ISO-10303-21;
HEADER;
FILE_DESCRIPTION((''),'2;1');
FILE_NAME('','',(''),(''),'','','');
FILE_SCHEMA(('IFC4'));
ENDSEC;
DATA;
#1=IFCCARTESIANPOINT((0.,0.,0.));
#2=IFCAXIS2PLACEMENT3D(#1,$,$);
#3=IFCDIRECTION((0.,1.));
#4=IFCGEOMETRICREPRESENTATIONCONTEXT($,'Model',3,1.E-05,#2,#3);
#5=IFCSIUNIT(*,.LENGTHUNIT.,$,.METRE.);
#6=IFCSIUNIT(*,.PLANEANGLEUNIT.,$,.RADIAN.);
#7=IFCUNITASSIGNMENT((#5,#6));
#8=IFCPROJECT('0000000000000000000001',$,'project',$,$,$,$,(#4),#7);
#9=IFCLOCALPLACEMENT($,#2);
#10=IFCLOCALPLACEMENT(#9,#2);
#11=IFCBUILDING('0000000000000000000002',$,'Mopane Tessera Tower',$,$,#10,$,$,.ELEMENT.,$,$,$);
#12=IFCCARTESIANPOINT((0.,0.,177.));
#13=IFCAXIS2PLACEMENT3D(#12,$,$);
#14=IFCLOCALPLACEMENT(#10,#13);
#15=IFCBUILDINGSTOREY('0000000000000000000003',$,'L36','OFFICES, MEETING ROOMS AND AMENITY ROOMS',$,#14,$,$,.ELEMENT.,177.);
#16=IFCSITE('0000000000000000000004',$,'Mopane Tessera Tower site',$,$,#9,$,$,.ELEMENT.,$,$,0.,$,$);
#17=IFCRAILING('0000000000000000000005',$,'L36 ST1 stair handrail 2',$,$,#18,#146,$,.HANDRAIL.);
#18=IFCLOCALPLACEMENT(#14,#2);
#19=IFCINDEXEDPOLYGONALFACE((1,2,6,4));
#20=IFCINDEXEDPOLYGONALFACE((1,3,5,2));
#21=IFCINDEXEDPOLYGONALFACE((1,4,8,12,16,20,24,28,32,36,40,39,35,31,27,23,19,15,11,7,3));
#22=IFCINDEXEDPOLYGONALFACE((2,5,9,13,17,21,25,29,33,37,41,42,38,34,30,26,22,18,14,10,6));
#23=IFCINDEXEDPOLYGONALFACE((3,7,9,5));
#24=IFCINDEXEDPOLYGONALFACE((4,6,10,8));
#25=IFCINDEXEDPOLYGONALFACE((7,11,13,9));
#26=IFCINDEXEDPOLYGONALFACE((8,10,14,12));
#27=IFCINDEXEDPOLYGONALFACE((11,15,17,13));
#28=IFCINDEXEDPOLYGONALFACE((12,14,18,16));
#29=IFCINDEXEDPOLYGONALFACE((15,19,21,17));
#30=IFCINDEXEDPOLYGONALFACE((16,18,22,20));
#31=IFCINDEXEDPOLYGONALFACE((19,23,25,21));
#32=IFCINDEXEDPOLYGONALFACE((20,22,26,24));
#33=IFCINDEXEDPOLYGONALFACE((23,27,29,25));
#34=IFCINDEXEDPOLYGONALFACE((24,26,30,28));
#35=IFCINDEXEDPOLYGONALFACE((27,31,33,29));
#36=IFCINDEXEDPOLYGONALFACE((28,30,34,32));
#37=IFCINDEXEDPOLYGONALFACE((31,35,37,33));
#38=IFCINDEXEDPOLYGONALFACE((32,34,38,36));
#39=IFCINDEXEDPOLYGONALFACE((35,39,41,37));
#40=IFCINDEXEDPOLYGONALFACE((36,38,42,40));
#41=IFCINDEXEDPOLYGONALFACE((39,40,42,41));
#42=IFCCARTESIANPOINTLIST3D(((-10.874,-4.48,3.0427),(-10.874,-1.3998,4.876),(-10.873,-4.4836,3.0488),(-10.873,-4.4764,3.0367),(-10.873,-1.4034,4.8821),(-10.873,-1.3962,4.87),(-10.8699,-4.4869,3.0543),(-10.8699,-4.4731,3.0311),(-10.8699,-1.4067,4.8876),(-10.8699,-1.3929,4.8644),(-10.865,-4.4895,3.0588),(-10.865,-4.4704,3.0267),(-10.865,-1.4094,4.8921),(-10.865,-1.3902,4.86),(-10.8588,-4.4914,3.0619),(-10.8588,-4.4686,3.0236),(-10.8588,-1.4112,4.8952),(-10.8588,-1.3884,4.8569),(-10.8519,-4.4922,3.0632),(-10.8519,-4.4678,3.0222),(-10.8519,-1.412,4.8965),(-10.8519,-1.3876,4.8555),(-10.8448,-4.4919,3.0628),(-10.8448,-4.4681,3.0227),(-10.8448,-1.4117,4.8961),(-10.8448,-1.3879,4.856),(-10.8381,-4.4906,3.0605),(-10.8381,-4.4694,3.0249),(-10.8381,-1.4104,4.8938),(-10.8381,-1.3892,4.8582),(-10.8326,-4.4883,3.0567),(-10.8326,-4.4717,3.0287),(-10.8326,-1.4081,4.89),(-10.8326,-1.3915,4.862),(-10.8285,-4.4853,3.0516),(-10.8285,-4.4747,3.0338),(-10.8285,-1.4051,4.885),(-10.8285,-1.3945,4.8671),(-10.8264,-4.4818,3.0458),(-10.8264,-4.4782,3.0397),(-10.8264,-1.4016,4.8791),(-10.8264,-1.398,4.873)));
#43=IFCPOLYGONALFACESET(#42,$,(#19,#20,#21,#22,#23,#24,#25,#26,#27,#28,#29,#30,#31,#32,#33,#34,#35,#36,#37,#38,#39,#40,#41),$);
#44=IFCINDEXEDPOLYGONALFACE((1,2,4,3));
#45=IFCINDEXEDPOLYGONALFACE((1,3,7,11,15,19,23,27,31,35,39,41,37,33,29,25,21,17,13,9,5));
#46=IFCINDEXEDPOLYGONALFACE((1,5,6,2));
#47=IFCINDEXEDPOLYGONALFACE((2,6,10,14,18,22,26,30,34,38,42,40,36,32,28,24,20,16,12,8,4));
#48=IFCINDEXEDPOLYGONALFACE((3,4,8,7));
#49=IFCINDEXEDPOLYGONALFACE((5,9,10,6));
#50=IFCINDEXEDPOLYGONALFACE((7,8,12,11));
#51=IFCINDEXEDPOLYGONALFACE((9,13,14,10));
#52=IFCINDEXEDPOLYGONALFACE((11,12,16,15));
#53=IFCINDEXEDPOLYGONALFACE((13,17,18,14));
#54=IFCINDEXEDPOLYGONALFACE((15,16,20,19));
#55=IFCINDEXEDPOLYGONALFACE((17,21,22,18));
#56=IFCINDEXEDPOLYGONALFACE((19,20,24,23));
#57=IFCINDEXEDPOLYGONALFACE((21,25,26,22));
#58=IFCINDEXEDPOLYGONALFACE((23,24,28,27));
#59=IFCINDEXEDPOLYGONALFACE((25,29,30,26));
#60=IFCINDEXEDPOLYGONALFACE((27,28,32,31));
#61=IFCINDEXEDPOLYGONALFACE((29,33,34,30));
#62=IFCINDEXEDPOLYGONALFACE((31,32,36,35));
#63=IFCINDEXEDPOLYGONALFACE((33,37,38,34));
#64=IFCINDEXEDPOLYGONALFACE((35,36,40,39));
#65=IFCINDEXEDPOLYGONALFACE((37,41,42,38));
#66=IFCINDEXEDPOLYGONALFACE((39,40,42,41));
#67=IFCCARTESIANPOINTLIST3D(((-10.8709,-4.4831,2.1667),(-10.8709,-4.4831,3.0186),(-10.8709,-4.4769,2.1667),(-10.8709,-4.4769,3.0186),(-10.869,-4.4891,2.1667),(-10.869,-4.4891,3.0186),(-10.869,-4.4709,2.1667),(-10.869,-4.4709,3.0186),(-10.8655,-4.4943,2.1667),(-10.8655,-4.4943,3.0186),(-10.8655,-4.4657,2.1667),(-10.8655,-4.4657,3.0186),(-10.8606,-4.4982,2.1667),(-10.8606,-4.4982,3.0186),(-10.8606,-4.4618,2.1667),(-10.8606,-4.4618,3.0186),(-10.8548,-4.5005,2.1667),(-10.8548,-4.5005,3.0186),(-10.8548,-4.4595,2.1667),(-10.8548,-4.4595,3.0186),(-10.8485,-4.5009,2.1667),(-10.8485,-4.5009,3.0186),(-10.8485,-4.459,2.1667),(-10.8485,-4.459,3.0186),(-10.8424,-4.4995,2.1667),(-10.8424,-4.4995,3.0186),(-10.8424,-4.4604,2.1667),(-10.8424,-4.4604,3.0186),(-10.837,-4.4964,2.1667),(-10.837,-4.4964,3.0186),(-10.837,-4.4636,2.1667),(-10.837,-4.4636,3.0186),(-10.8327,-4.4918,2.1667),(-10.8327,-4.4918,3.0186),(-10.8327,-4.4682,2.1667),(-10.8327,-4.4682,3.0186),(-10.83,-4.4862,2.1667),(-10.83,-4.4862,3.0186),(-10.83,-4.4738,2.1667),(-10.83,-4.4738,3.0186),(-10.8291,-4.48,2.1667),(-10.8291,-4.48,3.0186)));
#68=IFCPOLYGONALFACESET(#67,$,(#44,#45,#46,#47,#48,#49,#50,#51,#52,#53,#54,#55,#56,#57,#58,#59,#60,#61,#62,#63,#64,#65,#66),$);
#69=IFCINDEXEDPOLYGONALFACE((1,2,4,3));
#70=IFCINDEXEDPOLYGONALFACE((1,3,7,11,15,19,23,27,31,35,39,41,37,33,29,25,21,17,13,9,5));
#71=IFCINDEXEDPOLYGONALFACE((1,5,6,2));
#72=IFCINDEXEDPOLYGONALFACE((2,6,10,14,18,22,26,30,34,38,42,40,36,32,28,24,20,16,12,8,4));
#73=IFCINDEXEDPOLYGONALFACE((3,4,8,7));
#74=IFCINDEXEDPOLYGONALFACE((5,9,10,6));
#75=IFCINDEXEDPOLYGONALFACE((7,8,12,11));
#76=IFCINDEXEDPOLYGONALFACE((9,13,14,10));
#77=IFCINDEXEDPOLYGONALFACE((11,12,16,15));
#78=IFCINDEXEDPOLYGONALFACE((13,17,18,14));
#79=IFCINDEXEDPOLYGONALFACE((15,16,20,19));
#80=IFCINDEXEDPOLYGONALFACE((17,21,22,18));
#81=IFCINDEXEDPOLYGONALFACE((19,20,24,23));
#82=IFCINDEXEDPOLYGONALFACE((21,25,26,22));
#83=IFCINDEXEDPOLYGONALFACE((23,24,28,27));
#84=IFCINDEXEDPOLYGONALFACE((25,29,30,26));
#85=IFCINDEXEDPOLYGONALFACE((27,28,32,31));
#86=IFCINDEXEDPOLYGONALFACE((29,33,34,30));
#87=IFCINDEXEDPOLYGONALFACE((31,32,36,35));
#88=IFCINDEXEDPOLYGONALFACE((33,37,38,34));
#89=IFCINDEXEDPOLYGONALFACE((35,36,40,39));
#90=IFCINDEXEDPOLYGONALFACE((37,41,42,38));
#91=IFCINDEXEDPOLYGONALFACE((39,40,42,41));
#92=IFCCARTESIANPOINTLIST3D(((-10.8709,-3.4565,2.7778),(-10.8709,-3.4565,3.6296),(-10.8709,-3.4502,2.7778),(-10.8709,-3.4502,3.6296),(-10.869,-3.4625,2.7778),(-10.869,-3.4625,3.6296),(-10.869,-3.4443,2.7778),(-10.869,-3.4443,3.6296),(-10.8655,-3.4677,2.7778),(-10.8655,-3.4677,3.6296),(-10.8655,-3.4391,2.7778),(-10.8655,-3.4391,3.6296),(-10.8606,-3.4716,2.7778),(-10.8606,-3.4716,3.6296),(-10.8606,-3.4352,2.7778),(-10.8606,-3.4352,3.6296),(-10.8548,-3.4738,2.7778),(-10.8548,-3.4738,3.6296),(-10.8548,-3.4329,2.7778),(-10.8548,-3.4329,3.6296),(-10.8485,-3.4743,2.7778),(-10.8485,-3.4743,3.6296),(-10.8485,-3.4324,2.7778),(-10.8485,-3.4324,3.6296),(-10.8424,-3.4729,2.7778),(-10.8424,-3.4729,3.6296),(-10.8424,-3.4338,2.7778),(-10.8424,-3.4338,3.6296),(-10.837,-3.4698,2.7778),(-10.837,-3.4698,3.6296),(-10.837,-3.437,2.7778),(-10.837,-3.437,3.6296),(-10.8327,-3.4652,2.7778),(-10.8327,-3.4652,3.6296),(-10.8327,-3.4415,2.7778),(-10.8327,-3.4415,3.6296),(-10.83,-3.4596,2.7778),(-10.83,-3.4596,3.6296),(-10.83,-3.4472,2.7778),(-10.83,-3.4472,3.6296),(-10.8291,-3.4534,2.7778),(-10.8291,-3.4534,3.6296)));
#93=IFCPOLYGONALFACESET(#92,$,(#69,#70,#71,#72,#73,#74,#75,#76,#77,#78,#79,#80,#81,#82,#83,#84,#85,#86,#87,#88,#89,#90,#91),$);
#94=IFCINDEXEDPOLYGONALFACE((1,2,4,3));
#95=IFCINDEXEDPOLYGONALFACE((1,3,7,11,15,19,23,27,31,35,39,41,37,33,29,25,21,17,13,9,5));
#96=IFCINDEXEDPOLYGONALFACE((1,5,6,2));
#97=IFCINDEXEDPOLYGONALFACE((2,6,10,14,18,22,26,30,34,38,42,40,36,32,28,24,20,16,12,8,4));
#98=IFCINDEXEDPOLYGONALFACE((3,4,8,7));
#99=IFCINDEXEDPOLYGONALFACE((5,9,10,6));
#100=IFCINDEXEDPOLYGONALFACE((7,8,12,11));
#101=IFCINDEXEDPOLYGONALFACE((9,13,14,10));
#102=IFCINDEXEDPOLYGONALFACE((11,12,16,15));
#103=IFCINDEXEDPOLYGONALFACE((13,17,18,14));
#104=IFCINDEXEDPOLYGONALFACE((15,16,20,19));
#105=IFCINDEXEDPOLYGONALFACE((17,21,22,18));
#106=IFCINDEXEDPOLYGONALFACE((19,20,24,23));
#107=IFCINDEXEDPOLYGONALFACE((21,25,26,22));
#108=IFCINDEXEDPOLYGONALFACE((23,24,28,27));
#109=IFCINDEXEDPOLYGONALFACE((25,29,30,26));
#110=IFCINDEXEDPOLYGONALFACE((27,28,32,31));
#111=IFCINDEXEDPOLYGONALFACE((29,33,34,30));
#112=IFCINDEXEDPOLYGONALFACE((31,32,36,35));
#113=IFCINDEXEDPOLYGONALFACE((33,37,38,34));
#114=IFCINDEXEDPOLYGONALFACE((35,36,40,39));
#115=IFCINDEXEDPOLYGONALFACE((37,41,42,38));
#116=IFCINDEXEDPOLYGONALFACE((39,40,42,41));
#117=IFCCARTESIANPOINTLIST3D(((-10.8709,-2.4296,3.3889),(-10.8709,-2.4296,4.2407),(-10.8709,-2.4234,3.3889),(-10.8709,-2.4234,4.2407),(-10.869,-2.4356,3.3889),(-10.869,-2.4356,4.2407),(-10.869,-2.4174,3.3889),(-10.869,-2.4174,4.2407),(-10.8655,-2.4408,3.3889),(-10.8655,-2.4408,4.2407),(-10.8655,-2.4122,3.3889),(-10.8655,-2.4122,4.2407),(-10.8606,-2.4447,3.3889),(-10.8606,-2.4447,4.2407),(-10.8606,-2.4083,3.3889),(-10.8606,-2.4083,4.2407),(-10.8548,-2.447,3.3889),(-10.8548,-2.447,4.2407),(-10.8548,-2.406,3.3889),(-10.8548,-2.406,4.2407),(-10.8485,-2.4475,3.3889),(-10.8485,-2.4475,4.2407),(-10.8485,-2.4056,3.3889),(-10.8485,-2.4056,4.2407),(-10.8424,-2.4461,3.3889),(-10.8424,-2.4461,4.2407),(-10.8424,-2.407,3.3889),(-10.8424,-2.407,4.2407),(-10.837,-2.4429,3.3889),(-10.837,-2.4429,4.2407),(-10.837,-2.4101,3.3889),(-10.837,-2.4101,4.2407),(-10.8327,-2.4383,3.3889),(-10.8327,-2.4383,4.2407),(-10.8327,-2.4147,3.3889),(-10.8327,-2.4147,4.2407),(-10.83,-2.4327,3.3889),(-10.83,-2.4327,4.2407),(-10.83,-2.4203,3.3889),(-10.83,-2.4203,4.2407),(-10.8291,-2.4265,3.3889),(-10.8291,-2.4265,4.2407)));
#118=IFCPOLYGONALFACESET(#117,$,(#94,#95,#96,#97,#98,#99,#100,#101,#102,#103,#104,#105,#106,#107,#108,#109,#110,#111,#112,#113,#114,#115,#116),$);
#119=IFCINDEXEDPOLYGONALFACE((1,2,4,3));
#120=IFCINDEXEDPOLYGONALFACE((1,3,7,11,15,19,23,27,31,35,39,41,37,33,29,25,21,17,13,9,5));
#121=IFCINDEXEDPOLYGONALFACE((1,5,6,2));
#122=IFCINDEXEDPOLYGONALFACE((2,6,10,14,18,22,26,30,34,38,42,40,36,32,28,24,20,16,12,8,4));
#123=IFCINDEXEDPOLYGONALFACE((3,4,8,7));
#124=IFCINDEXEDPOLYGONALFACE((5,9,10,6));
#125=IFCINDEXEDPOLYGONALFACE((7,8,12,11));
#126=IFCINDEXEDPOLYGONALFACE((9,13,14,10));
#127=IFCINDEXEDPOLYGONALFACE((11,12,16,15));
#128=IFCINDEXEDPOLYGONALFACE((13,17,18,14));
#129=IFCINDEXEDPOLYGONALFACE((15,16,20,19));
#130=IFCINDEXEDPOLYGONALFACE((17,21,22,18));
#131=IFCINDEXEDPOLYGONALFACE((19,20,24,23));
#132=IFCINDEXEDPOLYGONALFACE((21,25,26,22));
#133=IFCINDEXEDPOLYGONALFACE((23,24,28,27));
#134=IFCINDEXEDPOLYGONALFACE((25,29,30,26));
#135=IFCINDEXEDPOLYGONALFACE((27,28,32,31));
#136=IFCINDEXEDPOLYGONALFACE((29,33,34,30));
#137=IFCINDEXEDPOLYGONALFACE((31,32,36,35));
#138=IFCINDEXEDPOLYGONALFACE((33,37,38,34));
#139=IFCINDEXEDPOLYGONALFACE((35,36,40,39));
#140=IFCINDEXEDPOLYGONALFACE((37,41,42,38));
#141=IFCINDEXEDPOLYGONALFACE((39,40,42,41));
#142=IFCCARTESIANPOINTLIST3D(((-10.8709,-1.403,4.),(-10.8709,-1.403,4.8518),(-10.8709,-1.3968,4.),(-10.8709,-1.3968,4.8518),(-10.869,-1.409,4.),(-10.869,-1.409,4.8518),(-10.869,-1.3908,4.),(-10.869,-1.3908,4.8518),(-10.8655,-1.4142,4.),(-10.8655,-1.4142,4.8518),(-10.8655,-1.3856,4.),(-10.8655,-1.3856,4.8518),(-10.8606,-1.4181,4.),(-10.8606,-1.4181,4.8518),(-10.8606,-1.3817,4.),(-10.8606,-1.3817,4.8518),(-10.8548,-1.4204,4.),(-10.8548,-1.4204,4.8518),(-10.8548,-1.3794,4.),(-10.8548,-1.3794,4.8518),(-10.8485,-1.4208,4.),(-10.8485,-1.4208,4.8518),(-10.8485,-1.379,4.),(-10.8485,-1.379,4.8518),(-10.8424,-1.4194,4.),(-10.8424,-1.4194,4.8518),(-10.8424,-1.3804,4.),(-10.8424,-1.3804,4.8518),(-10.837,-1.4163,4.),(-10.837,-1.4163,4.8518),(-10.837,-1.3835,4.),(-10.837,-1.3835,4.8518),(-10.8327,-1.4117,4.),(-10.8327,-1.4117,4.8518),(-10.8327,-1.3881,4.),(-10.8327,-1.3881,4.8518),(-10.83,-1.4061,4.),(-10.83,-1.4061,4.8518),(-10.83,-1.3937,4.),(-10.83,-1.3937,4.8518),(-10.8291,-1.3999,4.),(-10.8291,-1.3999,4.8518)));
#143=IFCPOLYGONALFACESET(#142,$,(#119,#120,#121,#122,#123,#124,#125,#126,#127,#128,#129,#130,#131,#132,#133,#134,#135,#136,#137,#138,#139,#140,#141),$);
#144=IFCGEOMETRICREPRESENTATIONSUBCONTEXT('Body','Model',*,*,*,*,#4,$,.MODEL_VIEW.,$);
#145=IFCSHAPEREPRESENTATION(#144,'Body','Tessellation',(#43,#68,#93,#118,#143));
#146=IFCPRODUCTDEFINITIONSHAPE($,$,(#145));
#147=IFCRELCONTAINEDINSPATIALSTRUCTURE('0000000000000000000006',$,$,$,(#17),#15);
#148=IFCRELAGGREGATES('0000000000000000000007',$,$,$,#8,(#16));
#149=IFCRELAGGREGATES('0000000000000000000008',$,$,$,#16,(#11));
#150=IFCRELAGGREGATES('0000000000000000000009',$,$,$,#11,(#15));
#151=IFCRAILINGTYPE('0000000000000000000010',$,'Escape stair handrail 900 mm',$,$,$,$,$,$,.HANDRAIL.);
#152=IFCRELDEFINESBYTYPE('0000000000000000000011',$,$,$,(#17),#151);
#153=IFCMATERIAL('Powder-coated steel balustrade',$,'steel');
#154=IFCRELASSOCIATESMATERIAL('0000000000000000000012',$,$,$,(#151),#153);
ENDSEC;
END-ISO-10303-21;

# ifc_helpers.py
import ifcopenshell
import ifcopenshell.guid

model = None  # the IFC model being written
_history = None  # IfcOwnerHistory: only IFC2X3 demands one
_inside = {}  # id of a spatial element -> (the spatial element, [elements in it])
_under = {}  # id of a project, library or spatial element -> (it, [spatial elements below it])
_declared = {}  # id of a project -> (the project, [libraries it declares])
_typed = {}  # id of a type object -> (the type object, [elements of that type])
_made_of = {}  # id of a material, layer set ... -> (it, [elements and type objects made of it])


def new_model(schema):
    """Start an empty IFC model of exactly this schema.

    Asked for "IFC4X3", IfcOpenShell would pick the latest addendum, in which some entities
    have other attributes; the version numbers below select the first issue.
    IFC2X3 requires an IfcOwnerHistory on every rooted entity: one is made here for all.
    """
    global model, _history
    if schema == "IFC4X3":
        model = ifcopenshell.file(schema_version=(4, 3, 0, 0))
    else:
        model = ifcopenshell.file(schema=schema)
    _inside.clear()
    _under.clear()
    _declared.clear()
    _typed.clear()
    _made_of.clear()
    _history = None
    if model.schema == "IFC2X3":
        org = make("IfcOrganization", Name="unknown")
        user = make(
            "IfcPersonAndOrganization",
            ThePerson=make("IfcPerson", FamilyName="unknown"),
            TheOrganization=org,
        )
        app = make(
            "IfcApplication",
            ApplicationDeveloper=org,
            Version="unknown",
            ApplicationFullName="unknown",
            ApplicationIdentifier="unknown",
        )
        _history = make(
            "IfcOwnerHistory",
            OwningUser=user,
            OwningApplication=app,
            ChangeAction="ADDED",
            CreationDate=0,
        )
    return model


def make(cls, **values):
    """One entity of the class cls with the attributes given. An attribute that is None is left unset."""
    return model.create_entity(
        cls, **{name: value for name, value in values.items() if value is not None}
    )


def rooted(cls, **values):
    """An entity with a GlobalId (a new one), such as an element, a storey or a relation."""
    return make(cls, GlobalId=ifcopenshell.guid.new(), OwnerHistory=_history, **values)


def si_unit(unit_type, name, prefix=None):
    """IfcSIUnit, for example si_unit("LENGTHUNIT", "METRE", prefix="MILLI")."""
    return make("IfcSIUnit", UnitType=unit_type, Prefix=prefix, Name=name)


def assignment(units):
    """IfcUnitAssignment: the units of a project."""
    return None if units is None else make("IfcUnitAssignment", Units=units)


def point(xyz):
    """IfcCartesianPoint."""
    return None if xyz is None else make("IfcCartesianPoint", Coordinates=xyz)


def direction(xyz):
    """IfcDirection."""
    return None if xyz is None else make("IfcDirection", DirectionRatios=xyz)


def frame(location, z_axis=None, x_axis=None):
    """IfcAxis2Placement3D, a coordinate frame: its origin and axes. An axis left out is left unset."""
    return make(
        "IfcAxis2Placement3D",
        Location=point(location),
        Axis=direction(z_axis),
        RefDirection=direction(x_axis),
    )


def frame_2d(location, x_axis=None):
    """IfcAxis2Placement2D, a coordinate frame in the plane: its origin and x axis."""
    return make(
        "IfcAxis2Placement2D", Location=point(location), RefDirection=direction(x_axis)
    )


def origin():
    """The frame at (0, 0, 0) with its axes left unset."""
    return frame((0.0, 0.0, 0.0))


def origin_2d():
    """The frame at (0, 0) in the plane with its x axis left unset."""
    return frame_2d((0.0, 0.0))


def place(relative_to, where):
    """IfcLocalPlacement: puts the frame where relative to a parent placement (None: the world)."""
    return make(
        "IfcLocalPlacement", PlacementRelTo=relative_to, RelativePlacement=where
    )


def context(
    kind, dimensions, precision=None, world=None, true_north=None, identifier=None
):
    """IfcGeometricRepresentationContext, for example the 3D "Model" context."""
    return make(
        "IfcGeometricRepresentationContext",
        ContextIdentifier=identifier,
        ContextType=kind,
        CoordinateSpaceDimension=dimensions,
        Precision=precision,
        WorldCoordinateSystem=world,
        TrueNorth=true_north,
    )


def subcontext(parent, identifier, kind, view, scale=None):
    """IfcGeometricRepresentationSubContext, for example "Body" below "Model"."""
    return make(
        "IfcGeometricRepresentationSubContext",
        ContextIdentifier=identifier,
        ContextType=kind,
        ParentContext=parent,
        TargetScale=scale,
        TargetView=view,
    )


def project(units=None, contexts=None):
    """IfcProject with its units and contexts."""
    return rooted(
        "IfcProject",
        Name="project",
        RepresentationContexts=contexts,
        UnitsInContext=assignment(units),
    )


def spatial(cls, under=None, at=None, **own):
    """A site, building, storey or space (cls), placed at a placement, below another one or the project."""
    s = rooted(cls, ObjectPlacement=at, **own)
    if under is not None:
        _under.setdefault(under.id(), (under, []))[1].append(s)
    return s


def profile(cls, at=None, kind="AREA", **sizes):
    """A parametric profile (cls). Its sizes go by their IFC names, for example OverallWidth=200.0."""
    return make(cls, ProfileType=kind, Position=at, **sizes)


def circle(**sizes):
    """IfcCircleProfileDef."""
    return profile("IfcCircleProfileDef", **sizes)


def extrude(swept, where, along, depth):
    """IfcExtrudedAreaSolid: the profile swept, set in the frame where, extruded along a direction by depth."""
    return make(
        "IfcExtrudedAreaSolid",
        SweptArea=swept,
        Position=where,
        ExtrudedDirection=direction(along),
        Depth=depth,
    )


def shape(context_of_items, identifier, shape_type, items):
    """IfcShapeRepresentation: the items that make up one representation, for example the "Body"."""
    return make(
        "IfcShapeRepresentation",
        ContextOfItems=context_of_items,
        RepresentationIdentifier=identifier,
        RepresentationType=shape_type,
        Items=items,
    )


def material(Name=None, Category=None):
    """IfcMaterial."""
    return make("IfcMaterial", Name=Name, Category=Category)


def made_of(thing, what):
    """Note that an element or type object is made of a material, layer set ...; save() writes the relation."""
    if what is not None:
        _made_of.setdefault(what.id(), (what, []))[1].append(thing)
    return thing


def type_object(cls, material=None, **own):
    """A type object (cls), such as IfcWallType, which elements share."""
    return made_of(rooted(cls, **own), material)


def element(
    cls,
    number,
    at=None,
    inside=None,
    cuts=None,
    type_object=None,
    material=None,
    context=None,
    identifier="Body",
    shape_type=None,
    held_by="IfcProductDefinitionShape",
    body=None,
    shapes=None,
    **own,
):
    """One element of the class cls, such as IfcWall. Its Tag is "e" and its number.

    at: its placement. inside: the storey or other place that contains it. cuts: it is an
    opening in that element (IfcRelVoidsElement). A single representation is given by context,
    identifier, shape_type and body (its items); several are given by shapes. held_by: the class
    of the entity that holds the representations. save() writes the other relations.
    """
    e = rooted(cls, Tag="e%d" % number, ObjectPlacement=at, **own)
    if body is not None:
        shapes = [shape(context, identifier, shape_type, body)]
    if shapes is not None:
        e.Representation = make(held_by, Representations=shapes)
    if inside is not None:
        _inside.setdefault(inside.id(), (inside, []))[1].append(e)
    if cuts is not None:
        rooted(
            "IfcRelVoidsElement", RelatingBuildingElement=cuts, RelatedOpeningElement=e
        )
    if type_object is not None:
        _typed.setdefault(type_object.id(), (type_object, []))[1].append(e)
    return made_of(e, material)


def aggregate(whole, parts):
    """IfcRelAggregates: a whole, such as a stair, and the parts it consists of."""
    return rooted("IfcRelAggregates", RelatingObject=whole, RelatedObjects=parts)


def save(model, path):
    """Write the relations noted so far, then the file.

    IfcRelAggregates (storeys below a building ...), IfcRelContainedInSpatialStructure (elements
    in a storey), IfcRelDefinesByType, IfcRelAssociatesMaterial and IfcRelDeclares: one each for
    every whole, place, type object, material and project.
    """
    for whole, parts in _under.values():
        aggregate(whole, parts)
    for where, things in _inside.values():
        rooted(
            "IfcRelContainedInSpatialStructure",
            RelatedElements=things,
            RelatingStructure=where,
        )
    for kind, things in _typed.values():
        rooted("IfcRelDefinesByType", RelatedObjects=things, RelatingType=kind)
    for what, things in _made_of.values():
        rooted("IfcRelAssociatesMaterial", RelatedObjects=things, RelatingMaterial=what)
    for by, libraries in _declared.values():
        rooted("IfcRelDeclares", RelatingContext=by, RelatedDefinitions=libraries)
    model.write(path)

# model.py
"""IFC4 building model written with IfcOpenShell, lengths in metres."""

from ifc_helpers import new_model, si_unit, direction, frame, origin, origin_2d, place, context, subcontext, project, spatial, circle, extrude, material, type_object, element, save


model = new_model("IFC4")

# Units and contexts
model_context = context("Model", 3, precision=1e-05, world=origin(), true_north=direction((0.0, 1.0)))
body_context = subcontext(model_context, "Body", "Model", "MODEL_VIEW")
ifc_project = project(units=[si_unit("LENGTHUNIT", "METRE"), si_unit("PLANEANGLEUNIT", "RADIAN")], contexts=[model_context])

# Site, building, storey
site_placement = place(None, origin())
site = spatial("IfcSite", under=ifc_project, at=site_placement, Name="Mopane Tessera Tower site", CompositionType="ELEMENT", RefElevation=0.0)
building_placement = place(site_placement, origin())
building = spatial("IfcBuilding", under=site, at=building_placement, Name="Mopane Tessera Tower", CompositionType="ELEMENT")
storey_placement = place(building_placement, frame((0.0, 0.0, 177.0)))
storey = spatial("IfcBuildingStorey", under=building, at=storey_placement, Name="L36", Description="OFFICES, MEETING ROOMS AND AMENITY ROOMS", CompositionType="ELEMENT", Elevation=177.0)

# Railing
ifc_material_1 = material(Name="Powder-coated steel balustrade", Category="steel")
railing_type_1 = type_object("IfcRailingType", Name="Escape stair handrail 900 mm", PredefinedType="HANDRAIL", material=ifc_material_1)
railing_1_placement = place(storey_placement, frame((-10.8501, -4.48, 2.1667)))
element("IfcRailing", 1, at=railing_1_placement, inside=storey, type_object=railing_type_1, Name="L36 ST1 stair handrail 2", PredefinedType="HANDRAIL", context=body_context, shape_type="SweptSolid", body=[
    extrude(circle(Radius=0.0239, at=origin_2d()), frame((0.0, 0.0, 0.876), z_axis=(0.0, 0.859309, 0.511458), x_axis=(-1.0, 0.0, 0.0)), (0.0, 0.0, 1.0), 3.5845),
    extrude(circle(Radius=0.021, at=origin_2d()), origin(), (0.0, 0.0, 1.0), 0.8518),
    extrude(circle(Radius=0.021, at=origin_2d()), frame((0.0, 1.0266, 0.6111)), (0.0, 0.0, 1.0), 0.8518),
    extrude(circle(Radius=0.021, at=origin_2d()), frame((0.0, 2.0535, 1.2222)), (0.0, 0.0, 1.0), 0.8518),
    extrude(circle(Radius=0.021, at=origin_2d()), frame((0.0, 3.0801, 1.8333)), (0.0, 0.0, 1.0), 0.8518),
])

save(model, "model.ifc")
